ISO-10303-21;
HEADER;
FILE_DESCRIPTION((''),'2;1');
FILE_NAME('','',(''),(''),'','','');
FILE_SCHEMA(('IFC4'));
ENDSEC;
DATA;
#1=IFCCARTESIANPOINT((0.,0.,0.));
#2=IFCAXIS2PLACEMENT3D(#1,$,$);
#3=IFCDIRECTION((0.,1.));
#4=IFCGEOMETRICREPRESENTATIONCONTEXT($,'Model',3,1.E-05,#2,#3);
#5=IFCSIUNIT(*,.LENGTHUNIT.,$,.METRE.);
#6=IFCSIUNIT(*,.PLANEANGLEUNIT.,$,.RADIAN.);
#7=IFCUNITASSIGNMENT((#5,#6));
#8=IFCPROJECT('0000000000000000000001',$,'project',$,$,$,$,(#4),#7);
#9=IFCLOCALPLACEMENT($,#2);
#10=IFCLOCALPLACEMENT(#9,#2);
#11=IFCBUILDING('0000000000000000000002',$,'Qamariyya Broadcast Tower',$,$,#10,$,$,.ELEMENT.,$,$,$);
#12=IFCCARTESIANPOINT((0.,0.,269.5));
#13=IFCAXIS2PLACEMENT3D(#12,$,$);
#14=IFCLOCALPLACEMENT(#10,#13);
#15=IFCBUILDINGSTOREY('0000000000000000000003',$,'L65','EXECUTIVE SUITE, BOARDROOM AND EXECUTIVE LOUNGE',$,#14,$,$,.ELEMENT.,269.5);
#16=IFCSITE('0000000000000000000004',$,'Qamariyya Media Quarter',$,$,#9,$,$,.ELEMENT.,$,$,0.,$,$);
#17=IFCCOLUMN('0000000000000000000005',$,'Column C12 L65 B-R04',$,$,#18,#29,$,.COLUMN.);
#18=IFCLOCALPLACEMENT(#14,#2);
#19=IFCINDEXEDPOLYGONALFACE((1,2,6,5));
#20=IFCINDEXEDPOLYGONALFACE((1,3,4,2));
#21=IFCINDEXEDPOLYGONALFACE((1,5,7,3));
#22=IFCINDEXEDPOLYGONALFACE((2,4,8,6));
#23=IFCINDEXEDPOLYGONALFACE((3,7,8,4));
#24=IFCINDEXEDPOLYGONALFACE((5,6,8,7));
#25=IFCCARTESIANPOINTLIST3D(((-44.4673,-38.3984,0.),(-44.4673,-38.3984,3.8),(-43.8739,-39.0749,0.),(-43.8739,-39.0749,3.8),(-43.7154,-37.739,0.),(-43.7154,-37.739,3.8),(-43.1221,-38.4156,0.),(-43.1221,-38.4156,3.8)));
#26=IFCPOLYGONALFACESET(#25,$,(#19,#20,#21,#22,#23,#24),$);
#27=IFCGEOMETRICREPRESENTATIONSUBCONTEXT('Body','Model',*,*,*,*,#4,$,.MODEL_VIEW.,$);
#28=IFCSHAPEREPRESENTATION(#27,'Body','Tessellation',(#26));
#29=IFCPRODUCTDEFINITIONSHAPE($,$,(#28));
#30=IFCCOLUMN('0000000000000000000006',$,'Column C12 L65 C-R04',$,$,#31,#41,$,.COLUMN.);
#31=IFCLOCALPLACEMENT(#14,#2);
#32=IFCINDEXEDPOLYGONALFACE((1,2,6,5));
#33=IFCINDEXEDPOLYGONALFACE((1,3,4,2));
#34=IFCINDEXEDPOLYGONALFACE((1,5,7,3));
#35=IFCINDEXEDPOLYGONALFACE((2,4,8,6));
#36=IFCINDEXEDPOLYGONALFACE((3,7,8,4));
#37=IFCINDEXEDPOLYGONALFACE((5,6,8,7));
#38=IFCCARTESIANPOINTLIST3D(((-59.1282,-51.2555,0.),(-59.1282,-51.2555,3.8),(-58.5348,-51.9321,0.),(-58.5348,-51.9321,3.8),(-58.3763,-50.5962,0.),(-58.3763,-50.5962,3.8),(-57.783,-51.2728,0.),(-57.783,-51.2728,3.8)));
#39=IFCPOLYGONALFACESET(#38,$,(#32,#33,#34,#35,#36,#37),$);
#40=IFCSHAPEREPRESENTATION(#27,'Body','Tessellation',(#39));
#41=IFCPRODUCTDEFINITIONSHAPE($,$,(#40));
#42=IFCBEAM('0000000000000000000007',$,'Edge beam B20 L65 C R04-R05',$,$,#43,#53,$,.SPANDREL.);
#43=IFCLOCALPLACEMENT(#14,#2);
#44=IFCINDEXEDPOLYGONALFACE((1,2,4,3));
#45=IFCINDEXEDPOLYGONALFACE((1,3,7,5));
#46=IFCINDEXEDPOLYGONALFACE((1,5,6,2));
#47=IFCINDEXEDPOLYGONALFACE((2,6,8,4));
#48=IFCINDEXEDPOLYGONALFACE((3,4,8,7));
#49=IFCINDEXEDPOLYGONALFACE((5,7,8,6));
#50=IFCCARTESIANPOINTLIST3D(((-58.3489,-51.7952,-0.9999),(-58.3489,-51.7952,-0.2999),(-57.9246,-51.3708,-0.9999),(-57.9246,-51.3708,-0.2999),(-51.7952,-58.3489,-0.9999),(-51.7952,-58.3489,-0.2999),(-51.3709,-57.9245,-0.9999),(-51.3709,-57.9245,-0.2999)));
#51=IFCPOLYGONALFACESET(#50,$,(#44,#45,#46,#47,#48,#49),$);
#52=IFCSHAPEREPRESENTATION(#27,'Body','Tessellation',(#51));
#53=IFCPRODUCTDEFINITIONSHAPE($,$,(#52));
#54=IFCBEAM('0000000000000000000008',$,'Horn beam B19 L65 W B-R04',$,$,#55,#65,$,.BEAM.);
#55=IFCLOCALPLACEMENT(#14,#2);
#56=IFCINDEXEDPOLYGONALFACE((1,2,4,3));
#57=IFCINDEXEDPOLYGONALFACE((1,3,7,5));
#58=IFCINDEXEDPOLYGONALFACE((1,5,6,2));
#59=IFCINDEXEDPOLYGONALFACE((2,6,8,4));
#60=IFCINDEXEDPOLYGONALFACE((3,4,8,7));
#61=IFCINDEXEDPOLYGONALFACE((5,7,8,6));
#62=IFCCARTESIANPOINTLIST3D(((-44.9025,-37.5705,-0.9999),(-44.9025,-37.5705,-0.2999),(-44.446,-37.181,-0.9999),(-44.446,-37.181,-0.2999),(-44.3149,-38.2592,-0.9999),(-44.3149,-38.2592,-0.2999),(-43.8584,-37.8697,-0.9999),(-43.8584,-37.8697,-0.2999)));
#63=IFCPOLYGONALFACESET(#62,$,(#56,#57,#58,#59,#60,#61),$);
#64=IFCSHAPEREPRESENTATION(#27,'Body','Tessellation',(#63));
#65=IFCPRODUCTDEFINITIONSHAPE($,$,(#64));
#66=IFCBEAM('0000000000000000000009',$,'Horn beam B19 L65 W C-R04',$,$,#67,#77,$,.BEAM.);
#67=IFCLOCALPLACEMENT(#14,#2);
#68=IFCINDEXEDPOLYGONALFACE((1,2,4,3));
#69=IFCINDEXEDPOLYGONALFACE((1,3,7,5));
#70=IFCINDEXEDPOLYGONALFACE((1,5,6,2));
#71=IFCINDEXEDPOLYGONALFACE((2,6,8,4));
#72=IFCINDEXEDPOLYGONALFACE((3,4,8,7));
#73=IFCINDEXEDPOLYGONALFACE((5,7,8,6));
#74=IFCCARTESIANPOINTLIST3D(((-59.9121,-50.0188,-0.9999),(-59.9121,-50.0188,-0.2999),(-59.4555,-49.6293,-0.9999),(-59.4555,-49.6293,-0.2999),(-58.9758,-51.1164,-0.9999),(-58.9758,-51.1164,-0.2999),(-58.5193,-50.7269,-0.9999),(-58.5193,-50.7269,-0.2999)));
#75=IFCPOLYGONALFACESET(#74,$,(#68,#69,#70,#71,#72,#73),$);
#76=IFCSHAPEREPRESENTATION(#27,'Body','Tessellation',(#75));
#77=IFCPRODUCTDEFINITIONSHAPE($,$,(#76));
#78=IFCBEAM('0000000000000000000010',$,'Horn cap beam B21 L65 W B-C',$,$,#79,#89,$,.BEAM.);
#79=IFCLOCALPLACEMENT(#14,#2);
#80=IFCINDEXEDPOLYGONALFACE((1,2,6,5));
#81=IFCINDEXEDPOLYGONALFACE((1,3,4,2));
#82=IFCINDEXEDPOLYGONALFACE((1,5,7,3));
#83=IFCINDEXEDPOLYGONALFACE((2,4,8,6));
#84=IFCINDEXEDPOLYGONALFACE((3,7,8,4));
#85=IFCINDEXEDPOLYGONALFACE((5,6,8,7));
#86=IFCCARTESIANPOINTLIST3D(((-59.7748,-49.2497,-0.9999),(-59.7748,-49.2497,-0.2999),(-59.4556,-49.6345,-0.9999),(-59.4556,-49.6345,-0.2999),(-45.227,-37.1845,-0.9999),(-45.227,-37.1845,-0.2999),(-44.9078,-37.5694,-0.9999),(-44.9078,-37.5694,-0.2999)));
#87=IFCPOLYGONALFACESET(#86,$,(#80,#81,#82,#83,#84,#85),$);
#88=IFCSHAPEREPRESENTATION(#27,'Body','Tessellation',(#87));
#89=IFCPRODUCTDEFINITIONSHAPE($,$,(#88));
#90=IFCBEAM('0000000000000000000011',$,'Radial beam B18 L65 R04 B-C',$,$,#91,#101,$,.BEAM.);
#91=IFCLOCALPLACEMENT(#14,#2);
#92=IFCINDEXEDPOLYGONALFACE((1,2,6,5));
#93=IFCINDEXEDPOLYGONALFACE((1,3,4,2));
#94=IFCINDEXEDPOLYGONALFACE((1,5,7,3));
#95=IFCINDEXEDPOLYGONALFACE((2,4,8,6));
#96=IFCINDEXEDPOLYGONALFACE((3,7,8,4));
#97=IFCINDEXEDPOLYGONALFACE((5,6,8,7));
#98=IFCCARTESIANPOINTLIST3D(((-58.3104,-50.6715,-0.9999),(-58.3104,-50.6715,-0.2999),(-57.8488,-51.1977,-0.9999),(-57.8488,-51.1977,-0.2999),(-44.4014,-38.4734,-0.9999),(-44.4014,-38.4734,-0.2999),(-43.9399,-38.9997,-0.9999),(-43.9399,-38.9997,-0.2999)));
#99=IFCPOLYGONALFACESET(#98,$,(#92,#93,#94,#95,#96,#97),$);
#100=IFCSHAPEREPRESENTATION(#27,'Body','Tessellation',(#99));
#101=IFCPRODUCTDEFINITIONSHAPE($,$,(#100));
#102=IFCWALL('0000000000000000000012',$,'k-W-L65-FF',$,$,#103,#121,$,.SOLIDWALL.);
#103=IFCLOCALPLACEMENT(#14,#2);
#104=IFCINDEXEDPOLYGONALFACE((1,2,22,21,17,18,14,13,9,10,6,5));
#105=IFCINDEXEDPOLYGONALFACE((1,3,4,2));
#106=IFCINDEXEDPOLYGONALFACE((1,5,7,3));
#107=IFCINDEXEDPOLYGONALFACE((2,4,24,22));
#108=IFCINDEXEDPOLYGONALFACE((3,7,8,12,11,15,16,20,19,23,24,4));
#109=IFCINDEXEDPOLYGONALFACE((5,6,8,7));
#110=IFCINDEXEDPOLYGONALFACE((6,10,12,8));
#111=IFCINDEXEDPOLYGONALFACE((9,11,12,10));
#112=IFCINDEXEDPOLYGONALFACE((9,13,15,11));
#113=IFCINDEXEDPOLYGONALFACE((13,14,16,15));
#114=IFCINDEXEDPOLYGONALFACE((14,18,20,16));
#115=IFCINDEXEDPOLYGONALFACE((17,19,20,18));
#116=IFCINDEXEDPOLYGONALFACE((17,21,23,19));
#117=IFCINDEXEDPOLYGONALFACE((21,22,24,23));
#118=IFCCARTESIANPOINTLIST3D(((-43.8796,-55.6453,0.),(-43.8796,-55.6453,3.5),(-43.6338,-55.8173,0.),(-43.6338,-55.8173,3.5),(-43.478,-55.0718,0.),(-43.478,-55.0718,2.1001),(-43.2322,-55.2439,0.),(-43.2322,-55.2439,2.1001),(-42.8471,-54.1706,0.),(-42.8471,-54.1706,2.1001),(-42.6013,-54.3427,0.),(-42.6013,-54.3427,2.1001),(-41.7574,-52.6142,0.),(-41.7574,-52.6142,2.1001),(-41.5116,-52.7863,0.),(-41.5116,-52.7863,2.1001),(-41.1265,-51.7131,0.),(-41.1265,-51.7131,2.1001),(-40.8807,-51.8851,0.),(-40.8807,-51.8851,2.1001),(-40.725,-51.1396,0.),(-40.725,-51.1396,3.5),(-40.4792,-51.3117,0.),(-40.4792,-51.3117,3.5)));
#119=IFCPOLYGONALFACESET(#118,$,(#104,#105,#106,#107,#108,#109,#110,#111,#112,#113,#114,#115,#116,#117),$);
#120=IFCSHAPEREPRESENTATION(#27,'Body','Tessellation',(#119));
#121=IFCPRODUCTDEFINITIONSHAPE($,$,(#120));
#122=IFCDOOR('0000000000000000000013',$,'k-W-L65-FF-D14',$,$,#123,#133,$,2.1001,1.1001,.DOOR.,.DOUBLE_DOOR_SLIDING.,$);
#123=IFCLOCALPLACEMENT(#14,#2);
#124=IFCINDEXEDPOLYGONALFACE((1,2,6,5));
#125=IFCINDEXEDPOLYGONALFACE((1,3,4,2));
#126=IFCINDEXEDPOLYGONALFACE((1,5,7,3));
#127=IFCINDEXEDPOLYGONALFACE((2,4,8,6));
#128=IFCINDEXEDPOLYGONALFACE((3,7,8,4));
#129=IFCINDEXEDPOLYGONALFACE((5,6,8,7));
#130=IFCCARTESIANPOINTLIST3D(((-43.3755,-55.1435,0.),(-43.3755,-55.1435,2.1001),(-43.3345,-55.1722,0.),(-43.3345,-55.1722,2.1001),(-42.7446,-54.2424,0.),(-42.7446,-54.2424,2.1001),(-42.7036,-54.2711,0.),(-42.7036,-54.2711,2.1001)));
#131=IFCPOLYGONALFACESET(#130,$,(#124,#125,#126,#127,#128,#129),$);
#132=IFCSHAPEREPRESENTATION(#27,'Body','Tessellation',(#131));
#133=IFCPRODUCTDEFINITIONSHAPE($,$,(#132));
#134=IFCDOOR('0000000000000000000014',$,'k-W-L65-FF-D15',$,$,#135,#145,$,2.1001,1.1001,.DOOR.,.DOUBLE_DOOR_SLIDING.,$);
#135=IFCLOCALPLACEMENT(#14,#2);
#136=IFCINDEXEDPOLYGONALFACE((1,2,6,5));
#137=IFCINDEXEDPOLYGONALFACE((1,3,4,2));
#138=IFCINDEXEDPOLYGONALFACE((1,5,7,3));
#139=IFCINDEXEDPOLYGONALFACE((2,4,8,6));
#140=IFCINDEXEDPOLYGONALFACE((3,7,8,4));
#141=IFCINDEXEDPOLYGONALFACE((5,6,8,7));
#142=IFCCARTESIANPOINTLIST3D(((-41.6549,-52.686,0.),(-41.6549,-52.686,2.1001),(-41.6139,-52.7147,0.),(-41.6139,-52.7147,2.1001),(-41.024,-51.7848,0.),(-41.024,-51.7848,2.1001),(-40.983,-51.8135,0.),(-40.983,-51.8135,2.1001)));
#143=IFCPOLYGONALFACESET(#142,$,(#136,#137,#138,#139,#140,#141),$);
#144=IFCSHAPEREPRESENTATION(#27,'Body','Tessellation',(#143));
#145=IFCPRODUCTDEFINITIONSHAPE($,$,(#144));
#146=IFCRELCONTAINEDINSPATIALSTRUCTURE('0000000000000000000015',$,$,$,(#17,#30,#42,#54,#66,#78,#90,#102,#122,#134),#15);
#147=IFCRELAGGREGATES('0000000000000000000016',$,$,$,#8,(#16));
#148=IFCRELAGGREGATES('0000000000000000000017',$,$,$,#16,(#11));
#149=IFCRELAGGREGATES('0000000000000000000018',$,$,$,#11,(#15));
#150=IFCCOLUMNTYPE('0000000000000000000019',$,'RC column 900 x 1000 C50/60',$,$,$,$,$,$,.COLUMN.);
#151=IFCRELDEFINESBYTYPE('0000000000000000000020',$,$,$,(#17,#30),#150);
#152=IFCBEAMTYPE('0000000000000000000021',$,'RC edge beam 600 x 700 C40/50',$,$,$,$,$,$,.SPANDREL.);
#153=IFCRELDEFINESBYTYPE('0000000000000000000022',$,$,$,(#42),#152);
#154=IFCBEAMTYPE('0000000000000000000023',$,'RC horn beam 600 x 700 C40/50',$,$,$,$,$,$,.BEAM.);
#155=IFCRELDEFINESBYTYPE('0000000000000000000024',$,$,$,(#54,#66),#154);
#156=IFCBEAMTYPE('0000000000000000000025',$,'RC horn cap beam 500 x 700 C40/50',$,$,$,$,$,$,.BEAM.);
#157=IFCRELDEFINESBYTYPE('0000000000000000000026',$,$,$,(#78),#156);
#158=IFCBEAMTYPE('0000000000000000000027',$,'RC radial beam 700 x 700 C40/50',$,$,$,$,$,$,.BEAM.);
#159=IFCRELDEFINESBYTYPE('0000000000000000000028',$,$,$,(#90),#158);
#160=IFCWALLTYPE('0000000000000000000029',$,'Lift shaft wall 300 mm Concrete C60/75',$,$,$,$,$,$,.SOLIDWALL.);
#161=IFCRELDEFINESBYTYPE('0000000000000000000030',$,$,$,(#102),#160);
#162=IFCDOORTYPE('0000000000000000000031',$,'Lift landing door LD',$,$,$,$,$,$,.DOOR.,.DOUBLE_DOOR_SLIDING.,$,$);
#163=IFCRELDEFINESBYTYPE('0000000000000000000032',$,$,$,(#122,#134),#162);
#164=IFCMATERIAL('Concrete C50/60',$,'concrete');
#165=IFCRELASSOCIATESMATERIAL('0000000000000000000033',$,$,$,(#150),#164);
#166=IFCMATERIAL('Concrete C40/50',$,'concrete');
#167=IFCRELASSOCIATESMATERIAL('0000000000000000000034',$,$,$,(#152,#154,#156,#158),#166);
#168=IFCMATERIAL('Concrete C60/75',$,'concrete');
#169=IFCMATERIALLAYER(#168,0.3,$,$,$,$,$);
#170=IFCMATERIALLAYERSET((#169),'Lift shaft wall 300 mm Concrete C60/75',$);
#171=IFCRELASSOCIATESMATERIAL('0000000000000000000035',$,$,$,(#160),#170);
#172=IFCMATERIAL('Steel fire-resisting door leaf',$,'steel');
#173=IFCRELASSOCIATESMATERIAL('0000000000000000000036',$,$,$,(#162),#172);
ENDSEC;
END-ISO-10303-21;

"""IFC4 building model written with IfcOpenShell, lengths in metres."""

from ifc_helpers import new_model, si_unit, direction, frame, frame_2d, origin, origin_2d, place, context, subcontext, project, spatial, rectangle, extrude, material, layer, layer_set, material_profile, profile_set, type_object, element, fill, save


model = new_model("IFC4")

# Units and contexts
model_context = context("Model", 3, precision=1e-05, world=origin(), true_north=direction((0.0, 1.0)))
body_context = subcontext(model_context, "Body", "Model", "MODEL_VIEW")
ifc_project = project(units=[si_unit("LENGTHUNIT", "METRE"), si_unit("PLANEANGLEUNIT", "RADIAN")], contexts=[model_context])

# Site, building, storey
site_placement = place(None, origin())
site = spatial("IfcSite", under=ifc_project, at=site_placement, Name="Qamariyya Media Quarter", CompositionType="ELEMENT", RefElevation=0.0)
building_placement = place(site_placement, origin())
building = spatial("IfcBuilding", under=site, at=building_placement, Name="Qamariyya Broadcast Tower", CompositionType="ELEMENT")
storey_placement = place(building_placement, frame((0.0, 0.0, 269.5)))
storey = spatial("IfcBuildingStorey", under=building, at=storey_placement, Name="L65", Description="EXECUTIVE SUITE, BOARDROOM AND EXECUTIVE LOUNGE", CompositionType="ELEMENT", Elevation=269.5)

# Columns
ifc_material_1 = material(Name="Concrete C50/60", Category="concrete")
ifc_material_profile_1 = material_profile(ifc_material_1, rectangle(XDim=0.8999, YDim=1.0, at=origin_2d()))
ifc_profile_set_1 = profile_set([ifc_material_profile_1], Name="Concrete C50/60")
column_type = type_object("IfcColumnType", Name="RC column 900 x 1000 C50/60", PredefinedType="COLUMN", material=ifc_profile_set_1)
for number, where, z_axis, x_axis, name in (
    (1, (-43.7947, -38.407, 0.0), (0.0, 0.0, 1.0), (0.659346, -0.75184, 0.0), "Column C12 L65 B-R04"),
    (2, (-58.4556, -51.2642, 0.0), (0.0, 0.0, 1.0), (0.659346, -0.75184, 0.0), "Column C12 L65 C-R04"),
):
    element("IfcColumn", number, at=place(storey_placement, frame(where, z_axis=z_axis, x_axis=x_axis)), inside=storey, type_object=column_type, Name=name, PredefinedType="COLUMN", context=body_context, shape_type="SweptSolid", body=[
        extrude(rectangle(XDim=0.8999, YDim=1.0, at=origin_2d()), origin(), (0.0, 0.0, 1.0), 3.8),
    ])

# Beams
ifc_material_2 = material(Name="Concrete C40/50", Category="concrete")
ifc_material_profile_2 = material_profile(ifc_material_2, rectangle(XDim=0.6001, YDim=0.7, at=origin_2d()))
ifc_profile_set_2 = profile_set([ifc_material_profile_2], Name="Concrete C40/50")
beam_type_1 = type_object("IfcBeamType", Name="RC edge beam 600 x 700 C40/50", PredefinedType="SPANDREL", material=ifc_profile_set_2)
beam_1_placement = place(storey_placement, frame((-58.1367, -51.583, -0.6499), z_axis=(0.707107, -0.707107, 0.0), x_axis=(0.707107, 0.707107, 0.0)))
element("IfcBeam", 3, at=beam_1_placement, inside=storey, type_object=beam_type_1, Name="Edge beam B20 L65 C R04-R05", PredefinedType="SPANDREL", context=body_context, shape_type="SweptSolid", body=[
    extrude(rectangle(XDim=0.6001, YDim=0.7, at=origin_2d()), origin(), (0.0, 0.0, 1.0), 9.2683),
])
ifc_material_profile_3 = material_profile(ifc_material_2, rectangle(XDim=0.6001, YDim=0.7, at=origin_2d()))
ifc_profile_set_3 = profile_set([ifc_material_profile_3], Name="Concrete C40/50")
beam_type_2 = type_object("IfcBeamType", Name="RC horn beam 600 x 700 C40/50", PredefinedType="BEAM", material=ifc_profile_set_3)
beam_2_placement = place(storey_placement, frame((-44.0867, -38.0645, -0.6499), z_axis=(-0.64908, 0.76072, 0.0), x_axis=(-0.76072, -0.64908, 0.0)))
element("IfcBeam", 4, at=beam_2_placement, inside=storey, type_object=beam_type_2, Name="Horn beam B19 L65 W B-R04", PredefinedType="BEAM", context=body_context, shape_type="SweptSolid", body=[
    extrude(rectangle(XDim=0.6001, YDim=0.7, at=origin_2d()), origin(), (0.0, 0.0, 1.0), 0.9053),
])
beam_3_placement = place(storey_placement, frame((-58.7476, -50.9216, -0.6499), z_axis=(-0.648964, 0.760819, 0.0), x_axis=(-0.760819, -0.648964, 0.0)))
element("IfcBeam", 5, at=beam_3_placement, inside=storey, type_object=beam_type_2, Name="Horn beam B19 L65 W C-R04", PredefinedType="BEAM", context=body_context, shape_type="SweptSolid", body=[
    extrude(rectangle(XDim=0.6001, YDim=0.7, at=origin_2d()), origin(), (0.0, 0.0, 1.0), 1.4426),
])
ifc_material_profile_4 = material_profile(ifc_material_2, rectangle(XDim=0.5, YDim=0.7, at=origin_2d()))
ifc_profile_set_4 = profile_set([ifc_material_profile_4], Name="Concrete C40/50")
beam_type_3 = type_object("IfcBeamType", Name="RC horn cap beam 500 x 700 C40/50", PredefinedType="BEAM", material=ifc_profile_set_4)
beam_4_placement = place(storey_placement, frame((-45.0674, -37.377, -0.6499), z_axis=(-0.769729, -0.638371, 0.0), x_axis=(0.638371, -0.769729, 0.0)))
element("IfcBeam", 6, at=beam_4_placement, inside=storey, type_object=beam_type_3, Name="Horn cap beam B21 L65 W B-C", PredefinedType="BEAM", context=body_context, shape_type="SweptSolid", body=[
    extrude(rectangle(XDim=0.5, YDim=0.7, at=origin_2d()), origin(), (0.0, 0.0, 1.0), 18.8999),
])
ifc_material_profile_5 = material_profile(ifc_material_2, rectangle(XDim=0.7, YDim=0.7, at=origin_2d()))
ifc_profile_set_5 = profile_set([ifc_material_profile_5], Name="Concrete C40/50")
beam_type_4 = type_object("IfcBeamType", Name="RC radial beam 700 x 700 C40/50", PredefinedType="BEAM", material=ifc_profile_set_5)
beam_5_placement = place(storey_placement, frame((-44.1707, -38.7366, -0.6499), z_axis=(-0.751835, -0.659352, 0.0), x_axis=(0.659352, -0.751835, 0.0)))
element("IfcBeam", 7, at=beam_5_placement, inside=storey, type_object=beam_type_4, Name="Radial beam B18 L65 R04 B-C", PredefinedType="BEAM", context=body_context, shape_type="SweptSolid", body=[
    extrude(rectangle(XDim=0.7, YDim=0.7, at=origin_2d()), origin(), (0.0, 0.0, 1.0), 18.5),
])

# Wall, openings, doors
ifc_material_3 = material(Name="Concrete C60/75", Category="concrete")
ifc_layer_1 = layer(ifc_material_3, 0.3)
ifc_layer_set_1 = layer_set([ifc_layer_1], Name="Lift shaft wall 300 mm Concrete C60/75")
wall_type_1 = type_object("IfcWallType", Name="Lift shaft wall 300 mm Concrete C60/75", PredefinedType="SOLIDWALL", material=ifc_layer_set_1)
wall_1_placement = place(storey_placement, frame((-43.7566, -55.7312, 0.0), z_axis=(0.0, 0.0, 1.0), x_axis=(0.573537, 0.81918, 0.0)))
wall_1 = element("IfcWall", 8, at=wall_1_placement, inside=storey, type_object=wall_type_1, Name="k-W-L65-FF", PredefinedType="SOLIDWALL", context=body_context, shape_type="SweptSolid", body=[
    extrude(rectangle(XDim=5.5002, YDim=0.3, at=frame_2d((2.75, 0.0))), origin(), (0.0, 0.0, 1.0), 3.5),
])
opening_1_placement = place(wall_1_placement, frame((0.7, 0.0, 0.0)))
opening_1 = element("IfcOpeningElement", 9, at=opening_1_placement, cuts=wall_1, PredefinedType="OPENING", context=body_context, shape_type="SweptSolid", body=[
    extrude(rectangle(XDim=1.1001, YDim=2.1001, at=frame_2d((0.55, 1.05))), frame((0.0, 0.1599, 0.0), z_axis=(0.0, -1.0, 0.0), x_axis=(1.0, 0.0, 0.0)), (0.0, 0.0, 1.0), 0.3201),
])
opening_2_placement = place(wall_1_placement, frame((3.7, 0.0, 0.0)))
opening_2 = element("IfcOpeningElement", 10, at=opening_2_placement, cuts=wall_1, PredefinedType="OPENING", context=body_context, shape_type="SweptSolid", body=[
    extrude(rectangle(XDim=1.1001, YDim=2.1001, at=frame_2d((0.55, 1.05))), frame((0.0, 0.1599, 0.0), z_axis=(0.0, -1.0, 0.0), x_axis=(1.0, 0.0, 0.0)), (0.0, 0.0, 1.0), 0.3201),
])
ifc_material_4 = material(Name="Steel fire-resisting door leaf", Category="steel")
door_type = type_object("IfcDoorType", Name="Lift landing door LD", OperationType="DOUBLE_DOOR_SLIDING", PredefinedType="DOOR", material=ifc_material_4)
door_1_placement = place(opening_1_placement, origin())
door_1 = element("IfcDoor", 11, at=door_1_placement, inside=storey, type_object=door_type, Name="k-W-L65-FF-D14", OperationType="DOUBLE_DOOR_SLIDING", OverallHeight=2.1001, OverallWidth=1.1001, PredefinedType="DOOR", context=body_context, shape_type="SweptSolid", body=[
    extrude(rectangle(XDim=1.1001, YDim=2.1001, at=frame_2d((0.55, 1.05))), frame((0.0, 0.0249, 0.0), z_axis=(0.0, -1.0, 0.0), x_axis=(1.0, 0.0, 0.0)), (0.0, 0.0, 1.0), 0.05),
])
fill(opening_1, door_1)
door_2_placement = place(opening_2_placement, origin())
door_2 = element("IfcDoor", 12, at=door_2_placement, inside=storey, type_object=door_type, Name="k-W-L65-FF-D15", OperationType="DOUBLE_DOOR_SLIDING", OverallHeight=2.1001, OverallWidth=1.1001, PredefinedType="DOOR", context=body_context, shape_type="SweptSolid", body=[
    extrude(rectangle(XDim=1.1001, YDim=2.1001, at=frame_2d((0.55, 1.05))), frame((0.0, 0.0249, 0.0), z_axis=(0.0, -1.0, 0.0), x_axis=(1.0, 0.0, 0.0)), (0.0, 0.0, 1.0), 0.05),
])
fill(opening_2, door_2)

save(model, "model.ifc")
